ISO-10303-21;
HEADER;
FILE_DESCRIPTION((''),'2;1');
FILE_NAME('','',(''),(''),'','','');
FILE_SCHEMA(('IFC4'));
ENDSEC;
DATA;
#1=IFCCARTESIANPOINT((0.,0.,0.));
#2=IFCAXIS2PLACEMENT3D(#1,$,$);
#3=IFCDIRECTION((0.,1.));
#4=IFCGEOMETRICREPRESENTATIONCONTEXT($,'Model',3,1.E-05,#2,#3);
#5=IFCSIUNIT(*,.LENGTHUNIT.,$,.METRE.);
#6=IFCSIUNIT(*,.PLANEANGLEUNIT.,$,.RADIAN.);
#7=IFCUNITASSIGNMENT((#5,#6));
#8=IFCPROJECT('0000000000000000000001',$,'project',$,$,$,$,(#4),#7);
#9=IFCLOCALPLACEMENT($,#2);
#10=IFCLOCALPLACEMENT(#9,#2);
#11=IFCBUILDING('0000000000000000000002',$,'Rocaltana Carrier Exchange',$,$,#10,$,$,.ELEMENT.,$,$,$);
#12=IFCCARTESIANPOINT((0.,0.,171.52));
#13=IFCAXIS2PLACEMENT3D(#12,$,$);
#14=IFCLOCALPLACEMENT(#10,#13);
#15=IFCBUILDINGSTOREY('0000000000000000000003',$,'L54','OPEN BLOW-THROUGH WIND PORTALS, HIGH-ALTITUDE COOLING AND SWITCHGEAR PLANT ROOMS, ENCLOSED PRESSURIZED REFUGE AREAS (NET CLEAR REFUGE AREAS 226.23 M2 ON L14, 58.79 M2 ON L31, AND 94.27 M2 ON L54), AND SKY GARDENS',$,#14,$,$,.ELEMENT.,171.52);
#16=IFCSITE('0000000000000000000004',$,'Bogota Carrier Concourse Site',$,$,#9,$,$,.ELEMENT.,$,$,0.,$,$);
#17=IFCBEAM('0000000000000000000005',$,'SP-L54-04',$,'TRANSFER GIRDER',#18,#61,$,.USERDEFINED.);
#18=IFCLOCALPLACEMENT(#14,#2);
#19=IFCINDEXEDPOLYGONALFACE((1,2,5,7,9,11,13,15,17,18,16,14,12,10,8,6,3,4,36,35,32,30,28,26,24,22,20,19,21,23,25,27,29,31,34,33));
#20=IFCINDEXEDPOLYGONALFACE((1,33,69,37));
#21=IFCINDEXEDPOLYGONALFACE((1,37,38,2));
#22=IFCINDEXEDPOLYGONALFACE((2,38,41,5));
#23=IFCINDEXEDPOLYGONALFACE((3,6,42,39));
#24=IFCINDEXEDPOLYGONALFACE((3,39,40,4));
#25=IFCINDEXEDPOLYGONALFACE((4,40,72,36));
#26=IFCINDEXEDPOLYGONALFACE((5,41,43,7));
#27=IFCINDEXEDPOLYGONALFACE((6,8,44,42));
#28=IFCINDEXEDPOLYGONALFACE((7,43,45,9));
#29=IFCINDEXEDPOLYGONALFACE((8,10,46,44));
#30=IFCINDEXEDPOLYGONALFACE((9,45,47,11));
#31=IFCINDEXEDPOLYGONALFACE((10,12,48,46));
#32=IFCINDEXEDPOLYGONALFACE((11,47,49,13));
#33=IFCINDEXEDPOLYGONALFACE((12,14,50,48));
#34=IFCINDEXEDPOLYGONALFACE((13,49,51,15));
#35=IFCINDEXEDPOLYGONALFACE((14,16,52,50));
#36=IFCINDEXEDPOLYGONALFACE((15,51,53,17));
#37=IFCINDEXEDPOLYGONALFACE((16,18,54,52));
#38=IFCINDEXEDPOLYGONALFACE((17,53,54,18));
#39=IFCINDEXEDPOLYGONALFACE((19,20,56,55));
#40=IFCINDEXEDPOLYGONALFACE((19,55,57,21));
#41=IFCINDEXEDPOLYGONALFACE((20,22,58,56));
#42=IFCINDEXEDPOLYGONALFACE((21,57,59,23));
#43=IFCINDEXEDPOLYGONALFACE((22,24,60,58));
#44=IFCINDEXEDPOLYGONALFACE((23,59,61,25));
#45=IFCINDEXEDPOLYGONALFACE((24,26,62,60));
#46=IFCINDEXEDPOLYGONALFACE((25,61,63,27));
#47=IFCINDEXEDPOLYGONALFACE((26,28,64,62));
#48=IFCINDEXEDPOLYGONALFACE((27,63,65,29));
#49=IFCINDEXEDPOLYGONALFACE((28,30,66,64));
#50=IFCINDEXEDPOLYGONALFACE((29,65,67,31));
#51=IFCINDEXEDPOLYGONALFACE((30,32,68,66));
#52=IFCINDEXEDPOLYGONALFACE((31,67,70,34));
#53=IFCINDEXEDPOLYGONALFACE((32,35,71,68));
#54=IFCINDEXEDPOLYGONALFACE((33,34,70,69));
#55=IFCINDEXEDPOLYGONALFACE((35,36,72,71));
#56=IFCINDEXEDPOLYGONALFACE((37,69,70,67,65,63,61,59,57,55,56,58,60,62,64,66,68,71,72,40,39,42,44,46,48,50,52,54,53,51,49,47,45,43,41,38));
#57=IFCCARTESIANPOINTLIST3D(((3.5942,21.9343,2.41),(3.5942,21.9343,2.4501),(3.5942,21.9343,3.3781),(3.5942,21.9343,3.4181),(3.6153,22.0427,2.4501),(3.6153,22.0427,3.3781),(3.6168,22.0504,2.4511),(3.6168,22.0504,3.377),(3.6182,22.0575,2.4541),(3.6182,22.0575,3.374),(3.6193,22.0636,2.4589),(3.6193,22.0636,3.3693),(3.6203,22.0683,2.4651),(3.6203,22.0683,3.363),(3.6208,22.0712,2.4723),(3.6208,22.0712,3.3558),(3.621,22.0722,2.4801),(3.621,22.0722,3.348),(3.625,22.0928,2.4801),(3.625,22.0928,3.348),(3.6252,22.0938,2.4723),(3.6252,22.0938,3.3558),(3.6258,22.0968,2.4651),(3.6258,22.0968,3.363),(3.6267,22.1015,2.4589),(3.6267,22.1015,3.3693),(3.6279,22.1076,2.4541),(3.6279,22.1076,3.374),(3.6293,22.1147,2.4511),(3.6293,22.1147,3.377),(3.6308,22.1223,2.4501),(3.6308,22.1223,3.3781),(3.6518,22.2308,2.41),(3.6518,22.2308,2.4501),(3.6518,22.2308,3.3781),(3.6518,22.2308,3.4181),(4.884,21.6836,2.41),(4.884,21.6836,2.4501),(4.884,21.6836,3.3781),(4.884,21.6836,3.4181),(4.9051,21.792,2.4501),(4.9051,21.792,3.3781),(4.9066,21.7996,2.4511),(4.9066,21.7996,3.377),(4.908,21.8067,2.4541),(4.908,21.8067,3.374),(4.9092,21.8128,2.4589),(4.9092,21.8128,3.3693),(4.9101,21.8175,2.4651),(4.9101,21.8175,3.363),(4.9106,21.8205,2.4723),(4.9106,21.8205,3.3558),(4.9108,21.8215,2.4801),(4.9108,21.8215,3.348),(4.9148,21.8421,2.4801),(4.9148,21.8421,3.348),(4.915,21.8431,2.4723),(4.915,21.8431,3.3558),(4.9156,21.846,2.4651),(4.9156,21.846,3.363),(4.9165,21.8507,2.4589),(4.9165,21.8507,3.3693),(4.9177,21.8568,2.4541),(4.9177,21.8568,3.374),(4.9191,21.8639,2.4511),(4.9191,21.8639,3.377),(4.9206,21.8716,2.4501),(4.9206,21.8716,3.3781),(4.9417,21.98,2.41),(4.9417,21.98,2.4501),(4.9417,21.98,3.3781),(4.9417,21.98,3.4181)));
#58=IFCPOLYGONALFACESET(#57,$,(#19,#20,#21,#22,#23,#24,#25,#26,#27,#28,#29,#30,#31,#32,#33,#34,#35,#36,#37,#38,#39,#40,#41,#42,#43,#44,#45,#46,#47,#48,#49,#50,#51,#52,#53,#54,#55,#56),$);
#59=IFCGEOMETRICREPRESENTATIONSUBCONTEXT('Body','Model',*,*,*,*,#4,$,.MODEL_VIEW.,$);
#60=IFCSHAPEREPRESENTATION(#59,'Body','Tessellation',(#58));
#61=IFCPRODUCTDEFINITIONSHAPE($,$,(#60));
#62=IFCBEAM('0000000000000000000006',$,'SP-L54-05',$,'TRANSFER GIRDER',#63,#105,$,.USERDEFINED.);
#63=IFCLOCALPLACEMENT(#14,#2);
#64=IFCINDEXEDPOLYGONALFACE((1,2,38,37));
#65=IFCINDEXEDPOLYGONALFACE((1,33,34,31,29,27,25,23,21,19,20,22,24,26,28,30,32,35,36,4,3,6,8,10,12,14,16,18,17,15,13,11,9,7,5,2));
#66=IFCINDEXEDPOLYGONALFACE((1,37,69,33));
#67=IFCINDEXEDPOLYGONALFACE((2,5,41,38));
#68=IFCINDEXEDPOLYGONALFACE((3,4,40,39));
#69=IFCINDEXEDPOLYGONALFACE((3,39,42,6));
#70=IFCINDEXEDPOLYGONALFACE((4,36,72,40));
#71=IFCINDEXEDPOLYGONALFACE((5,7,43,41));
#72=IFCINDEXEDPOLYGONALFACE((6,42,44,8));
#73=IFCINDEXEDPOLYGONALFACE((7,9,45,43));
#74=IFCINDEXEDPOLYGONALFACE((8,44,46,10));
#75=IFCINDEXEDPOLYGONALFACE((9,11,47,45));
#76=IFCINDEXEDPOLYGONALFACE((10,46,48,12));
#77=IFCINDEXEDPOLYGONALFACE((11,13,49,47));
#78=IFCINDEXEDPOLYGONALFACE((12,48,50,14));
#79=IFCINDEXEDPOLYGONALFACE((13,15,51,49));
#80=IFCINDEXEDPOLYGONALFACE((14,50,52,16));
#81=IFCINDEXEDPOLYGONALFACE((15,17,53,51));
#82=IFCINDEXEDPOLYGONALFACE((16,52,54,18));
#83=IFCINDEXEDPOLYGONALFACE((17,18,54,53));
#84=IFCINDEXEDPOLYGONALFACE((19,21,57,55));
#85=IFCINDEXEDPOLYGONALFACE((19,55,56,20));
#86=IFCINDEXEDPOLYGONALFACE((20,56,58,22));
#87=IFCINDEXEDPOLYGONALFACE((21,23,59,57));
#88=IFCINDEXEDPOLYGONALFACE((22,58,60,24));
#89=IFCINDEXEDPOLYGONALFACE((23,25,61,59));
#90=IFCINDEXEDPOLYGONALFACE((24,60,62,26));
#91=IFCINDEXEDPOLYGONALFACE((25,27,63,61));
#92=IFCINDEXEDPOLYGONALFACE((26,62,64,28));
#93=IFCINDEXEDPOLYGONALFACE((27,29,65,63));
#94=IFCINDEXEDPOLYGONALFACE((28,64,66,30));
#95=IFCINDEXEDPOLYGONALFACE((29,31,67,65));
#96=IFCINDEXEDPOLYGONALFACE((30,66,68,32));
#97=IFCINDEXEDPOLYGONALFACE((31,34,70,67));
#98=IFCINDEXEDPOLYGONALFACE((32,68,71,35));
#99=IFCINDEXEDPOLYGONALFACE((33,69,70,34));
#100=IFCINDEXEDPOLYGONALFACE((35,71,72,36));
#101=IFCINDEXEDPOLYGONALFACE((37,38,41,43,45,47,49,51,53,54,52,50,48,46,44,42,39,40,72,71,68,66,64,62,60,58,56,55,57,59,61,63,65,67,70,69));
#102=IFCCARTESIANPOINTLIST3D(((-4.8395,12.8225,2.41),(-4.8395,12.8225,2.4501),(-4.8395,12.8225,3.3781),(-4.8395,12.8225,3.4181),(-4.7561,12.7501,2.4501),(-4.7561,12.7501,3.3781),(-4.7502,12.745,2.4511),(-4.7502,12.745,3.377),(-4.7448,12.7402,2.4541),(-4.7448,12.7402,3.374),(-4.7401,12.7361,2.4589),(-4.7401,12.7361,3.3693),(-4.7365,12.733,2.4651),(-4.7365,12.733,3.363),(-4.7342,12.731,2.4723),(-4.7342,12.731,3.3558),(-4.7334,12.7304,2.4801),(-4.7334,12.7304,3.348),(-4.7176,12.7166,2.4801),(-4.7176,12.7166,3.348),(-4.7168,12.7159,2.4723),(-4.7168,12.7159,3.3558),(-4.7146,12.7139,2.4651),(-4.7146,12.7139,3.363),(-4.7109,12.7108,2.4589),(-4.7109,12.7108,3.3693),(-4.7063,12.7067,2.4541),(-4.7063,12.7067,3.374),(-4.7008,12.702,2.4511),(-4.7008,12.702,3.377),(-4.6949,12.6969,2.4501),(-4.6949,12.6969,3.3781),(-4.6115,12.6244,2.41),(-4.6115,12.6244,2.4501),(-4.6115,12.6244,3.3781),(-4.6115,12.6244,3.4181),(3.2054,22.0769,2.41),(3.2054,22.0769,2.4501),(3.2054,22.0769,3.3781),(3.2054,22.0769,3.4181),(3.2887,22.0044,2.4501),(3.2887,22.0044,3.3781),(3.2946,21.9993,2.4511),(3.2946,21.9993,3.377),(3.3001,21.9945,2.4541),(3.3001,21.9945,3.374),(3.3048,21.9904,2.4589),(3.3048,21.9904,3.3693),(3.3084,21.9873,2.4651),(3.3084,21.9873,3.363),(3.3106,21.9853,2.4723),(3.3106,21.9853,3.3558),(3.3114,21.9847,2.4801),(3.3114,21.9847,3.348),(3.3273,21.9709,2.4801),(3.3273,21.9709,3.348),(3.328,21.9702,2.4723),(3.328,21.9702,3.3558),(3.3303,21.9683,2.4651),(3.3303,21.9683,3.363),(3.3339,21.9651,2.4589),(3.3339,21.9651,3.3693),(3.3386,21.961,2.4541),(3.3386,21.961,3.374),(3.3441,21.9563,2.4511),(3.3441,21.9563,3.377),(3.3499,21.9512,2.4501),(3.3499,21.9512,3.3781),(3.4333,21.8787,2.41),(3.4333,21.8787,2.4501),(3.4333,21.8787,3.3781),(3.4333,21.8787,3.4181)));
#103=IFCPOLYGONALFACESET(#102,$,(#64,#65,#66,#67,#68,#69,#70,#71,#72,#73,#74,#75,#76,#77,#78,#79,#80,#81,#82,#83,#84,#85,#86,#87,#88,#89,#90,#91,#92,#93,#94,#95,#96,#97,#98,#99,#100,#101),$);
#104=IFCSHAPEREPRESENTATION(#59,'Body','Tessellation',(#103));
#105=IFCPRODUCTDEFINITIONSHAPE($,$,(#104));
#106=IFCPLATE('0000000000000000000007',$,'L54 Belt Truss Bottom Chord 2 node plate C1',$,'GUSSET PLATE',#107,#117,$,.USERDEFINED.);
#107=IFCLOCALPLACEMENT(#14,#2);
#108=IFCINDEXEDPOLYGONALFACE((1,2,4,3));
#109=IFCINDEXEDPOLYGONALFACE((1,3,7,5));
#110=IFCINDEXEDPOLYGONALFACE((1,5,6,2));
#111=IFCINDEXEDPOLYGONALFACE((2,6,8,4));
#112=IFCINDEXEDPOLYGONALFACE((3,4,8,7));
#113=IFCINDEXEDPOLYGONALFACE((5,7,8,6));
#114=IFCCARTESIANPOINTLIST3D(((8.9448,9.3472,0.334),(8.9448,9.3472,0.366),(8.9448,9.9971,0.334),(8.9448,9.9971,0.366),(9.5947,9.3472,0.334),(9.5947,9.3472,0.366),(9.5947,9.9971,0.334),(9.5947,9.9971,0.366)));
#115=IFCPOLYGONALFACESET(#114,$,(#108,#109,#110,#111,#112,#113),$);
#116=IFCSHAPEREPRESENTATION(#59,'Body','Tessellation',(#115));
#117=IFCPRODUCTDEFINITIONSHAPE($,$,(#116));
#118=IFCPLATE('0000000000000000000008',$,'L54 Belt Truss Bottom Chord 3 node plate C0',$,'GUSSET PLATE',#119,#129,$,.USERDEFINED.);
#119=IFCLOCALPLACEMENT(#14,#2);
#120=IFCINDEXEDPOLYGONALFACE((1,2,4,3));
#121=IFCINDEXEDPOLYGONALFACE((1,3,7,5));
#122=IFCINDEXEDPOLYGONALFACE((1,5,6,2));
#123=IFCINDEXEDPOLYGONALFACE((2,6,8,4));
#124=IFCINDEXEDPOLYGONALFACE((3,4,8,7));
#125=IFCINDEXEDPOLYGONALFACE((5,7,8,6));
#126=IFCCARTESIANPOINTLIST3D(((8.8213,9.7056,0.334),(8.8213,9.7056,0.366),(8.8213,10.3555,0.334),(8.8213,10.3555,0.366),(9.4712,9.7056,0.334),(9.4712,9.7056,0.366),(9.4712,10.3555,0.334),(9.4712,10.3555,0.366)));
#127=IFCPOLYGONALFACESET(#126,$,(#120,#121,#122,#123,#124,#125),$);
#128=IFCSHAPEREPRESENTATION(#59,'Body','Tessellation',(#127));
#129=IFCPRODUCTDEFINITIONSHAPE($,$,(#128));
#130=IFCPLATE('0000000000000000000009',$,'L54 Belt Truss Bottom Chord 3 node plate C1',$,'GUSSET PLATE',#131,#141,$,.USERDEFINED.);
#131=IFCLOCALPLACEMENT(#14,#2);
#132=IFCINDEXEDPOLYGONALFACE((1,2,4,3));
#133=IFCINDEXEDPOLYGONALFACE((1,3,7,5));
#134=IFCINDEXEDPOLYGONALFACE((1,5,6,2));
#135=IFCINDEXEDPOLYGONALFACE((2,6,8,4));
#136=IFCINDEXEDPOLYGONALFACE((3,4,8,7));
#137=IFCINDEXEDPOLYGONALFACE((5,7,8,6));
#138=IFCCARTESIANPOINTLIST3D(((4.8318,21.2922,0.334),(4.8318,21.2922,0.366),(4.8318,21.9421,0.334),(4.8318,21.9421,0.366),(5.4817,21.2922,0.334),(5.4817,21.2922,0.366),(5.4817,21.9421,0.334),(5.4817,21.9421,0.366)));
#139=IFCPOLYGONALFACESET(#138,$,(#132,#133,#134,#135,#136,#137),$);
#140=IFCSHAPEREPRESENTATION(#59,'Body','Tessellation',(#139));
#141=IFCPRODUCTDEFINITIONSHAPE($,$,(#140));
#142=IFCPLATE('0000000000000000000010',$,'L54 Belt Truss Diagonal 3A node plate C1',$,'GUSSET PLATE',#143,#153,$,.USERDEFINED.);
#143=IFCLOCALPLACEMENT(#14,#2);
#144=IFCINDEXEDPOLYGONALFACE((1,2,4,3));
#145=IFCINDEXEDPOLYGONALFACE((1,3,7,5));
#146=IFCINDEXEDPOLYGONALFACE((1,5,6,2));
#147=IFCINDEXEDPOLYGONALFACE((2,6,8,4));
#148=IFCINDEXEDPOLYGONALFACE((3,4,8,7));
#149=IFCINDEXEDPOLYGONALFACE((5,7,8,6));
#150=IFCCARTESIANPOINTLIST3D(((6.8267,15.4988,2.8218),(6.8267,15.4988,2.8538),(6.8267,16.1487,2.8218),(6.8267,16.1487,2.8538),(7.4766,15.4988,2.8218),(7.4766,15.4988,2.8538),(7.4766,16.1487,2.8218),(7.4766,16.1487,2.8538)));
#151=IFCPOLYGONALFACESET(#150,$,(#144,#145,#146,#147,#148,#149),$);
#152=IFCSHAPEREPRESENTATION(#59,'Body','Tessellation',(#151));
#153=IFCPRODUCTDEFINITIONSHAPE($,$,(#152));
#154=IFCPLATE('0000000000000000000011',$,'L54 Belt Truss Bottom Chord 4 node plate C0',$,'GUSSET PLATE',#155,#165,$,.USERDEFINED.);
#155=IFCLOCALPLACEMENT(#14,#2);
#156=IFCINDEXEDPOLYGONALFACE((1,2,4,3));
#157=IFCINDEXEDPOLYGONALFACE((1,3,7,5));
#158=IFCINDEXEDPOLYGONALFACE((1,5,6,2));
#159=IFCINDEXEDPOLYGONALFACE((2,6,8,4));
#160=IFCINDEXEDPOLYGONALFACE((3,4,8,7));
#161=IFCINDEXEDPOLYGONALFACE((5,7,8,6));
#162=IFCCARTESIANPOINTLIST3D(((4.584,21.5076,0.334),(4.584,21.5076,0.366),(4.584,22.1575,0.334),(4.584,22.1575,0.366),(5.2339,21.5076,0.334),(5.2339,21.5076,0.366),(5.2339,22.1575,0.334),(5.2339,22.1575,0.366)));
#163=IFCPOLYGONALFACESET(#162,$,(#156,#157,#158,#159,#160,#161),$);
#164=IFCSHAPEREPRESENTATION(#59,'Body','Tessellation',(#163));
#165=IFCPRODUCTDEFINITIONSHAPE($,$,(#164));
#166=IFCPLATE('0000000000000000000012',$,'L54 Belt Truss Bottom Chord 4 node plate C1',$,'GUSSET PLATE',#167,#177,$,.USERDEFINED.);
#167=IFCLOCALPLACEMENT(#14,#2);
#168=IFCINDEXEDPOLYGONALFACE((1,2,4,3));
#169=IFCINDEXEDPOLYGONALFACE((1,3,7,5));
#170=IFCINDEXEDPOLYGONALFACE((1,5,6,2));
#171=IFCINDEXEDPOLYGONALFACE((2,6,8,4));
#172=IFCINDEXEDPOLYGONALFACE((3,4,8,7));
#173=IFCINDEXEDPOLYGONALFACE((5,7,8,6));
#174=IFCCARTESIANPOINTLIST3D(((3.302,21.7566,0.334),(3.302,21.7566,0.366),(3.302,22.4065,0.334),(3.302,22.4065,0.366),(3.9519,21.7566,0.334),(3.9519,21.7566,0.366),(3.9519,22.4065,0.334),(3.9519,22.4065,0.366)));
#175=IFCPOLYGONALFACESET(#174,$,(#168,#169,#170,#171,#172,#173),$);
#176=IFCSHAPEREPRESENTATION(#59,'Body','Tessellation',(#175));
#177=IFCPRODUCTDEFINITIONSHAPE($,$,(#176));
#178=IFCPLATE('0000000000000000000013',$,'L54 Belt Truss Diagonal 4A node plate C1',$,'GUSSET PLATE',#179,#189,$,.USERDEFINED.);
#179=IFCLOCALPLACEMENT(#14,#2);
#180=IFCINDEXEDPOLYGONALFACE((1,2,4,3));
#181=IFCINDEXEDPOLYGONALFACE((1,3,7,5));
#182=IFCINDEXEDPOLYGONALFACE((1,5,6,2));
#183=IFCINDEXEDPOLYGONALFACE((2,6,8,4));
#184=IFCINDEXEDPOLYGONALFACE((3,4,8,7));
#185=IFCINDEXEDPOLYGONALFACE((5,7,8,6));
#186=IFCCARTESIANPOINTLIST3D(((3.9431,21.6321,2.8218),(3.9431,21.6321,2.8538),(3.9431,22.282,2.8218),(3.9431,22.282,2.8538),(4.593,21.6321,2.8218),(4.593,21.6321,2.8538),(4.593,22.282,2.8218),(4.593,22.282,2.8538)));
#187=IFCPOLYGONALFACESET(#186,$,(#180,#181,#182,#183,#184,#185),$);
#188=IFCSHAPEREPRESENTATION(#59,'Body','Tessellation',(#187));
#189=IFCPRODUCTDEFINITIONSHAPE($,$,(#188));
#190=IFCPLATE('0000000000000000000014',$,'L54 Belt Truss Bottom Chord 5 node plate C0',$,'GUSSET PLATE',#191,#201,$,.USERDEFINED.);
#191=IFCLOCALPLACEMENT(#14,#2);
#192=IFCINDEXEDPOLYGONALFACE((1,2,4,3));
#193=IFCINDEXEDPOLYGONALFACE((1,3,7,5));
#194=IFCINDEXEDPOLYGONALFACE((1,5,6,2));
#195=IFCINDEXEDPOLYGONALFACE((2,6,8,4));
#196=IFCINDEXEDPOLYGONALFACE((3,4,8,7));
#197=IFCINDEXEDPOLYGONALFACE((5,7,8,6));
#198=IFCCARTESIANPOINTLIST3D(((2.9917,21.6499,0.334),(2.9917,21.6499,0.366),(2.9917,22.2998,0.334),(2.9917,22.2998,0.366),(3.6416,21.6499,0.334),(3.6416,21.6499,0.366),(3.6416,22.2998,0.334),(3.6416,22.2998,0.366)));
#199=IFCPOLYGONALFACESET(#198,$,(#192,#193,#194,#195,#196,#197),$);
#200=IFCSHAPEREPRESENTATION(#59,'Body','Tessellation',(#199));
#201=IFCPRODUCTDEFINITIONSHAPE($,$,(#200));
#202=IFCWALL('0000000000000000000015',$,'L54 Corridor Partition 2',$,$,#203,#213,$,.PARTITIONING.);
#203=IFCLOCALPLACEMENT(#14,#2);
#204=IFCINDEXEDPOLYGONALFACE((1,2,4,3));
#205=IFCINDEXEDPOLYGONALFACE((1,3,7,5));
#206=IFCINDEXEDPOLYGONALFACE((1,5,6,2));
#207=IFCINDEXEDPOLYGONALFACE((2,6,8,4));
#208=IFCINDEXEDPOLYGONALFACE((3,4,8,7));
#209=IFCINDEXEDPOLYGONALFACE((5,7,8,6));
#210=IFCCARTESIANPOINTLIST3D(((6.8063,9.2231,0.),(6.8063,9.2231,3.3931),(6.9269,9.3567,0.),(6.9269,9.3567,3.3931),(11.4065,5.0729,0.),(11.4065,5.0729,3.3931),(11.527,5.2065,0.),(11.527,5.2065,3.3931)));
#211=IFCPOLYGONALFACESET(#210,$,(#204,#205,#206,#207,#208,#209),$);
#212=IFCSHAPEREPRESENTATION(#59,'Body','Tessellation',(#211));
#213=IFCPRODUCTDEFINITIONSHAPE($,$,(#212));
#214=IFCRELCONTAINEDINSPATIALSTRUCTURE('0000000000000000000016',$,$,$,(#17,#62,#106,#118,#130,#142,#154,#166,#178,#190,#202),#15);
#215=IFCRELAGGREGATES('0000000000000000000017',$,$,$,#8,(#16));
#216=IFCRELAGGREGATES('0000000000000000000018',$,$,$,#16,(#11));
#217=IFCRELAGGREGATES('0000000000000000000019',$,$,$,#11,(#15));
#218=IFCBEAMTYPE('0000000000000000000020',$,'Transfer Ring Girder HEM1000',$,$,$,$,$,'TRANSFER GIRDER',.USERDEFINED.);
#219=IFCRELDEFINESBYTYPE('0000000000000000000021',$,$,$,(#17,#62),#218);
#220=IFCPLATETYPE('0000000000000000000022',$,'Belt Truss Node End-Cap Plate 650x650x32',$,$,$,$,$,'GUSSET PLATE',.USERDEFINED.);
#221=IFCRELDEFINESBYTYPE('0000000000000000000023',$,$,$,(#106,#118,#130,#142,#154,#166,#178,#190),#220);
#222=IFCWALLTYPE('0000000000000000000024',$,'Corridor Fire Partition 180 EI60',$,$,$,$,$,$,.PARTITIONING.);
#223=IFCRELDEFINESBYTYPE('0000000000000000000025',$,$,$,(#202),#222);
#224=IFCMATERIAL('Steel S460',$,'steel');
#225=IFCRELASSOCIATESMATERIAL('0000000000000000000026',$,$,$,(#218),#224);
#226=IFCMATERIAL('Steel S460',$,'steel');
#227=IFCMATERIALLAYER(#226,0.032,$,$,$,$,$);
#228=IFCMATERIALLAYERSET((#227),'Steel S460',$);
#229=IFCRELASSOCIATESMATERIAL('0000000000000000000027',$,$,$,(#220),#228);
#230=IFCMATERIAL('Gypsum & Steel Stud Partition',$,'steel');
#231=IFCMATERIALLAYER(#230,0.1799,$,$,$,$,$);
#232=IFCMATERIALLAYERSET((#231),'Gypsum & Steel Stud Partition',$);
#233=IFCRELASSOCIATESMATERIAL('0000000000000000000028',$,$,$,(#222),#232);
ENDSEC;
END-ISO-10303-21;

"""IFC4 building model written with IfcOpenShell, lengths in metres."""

from ifc_helpers import new_model, si_unit, direction, frame, frame_2d, origin, origin_2d, place, context, subcontext, project, spatial, rectangle, i_section, extrude, material, layer, layer_set, material_profile, profile_set, type_object, element, save


model = new_model("IFC4")

# Units and contexts
model_context = context("Model", 3, precision=1e-05, world=origin(), true_north=direction((0.0, 1.0)))
body_context = subcontext(model_context, "Body", "Model", "MODEL_VIEW")
ifc_project = project(units=[si_unit("LENGTHUNIT", "METRE"), si_unit("PLANEANGLEUNIT", "RADIAN")], contexts=[model_context])

# Site, building, storey
site_placement = place(None, origin())
site = spatial("IfcSite", under=ifc_project, at=site_placement, Name="Bogota Carrier Concourse Site", CompositionType="ELEMENT", RefElevation=0.0)
building_placement = place(site_placement, origin())
building = spatial("IfcBuilding", under=site, at=building_placement, Name="Rocaltana Carrier Exchange", CompositionType="ELEMENT")
storey_placement = place(building_placement, frame((0.0, 0.0, 171.52)))
storey = spatial("IfcBuildingStorey", under=building, at=storey_placement, Name="L54", Description="OPEN BLOW-THROUGH WIND PORTALS, HIGH-ALTITUDE COOLING AND SWITCHGEAR PLANT ROOMS, ENCLOSED PRESSURIZED REFUGE AREAS (NET CLEAR REFUGE AREAS 226.23 M2 ON L14, 58.79 M2 ON L31, AND 94.27 M2 ON L54), AND SKY GARDENS", CompositionType="ELEMENT", Elevation=171.52)

# Beams
ifc_material_1 = material(Name="Steel S460", Category="steel")
ifc_material_profile_1 = material_profile(ifc_material_1, i_section(OverallWidth=0.302, OverallDepth=1.0081, WebThickness=0.021, FlangeThickness=0.04, FilletRadius=0.03, at=origin_2d()), Name="HEM1000")
ifc_profile_set_1 = profile_set([ifc_material_profile_1], Name="Steel S460")
beam_type_1 = type_object("IfcBeamType", Name="Transfer Ring Girder HEM1000", ElementType="TRANSFER GIRDER", PredefinedType="USERDEFINED", material=ifc_profile_set_1)
beam_1_placement = place(storey_placement, frame((4.9128, 21.8318, 2.9141), z_axis=(-0.981624, 0.190825, 0.0), x_axis=(-0.190825, -0.981624, 0.0)))
element("IfcBeam", 1, at=beam_1_placement, inside=storey, type_object=beam_type_1, Name="SP-L54-04", ObjectType="TRANSFER GIRDER", PredefinedType="USERDEFINED", context=body_context, shape_type="SweptSolid", body=[
    extrude(i_section(OverallWidth=0.302, OverallDepth=1.0081, WebThickness=0.021, FlangeThickness=0.04, FilletRadius=0.03, at=origin_2d()), origin(), (0.0, 0.0, 1.0), 1.314),
])
beam_2_placement = place(storey_placement, frame((3.3193, 21.9778, 2.9141), z_axis=(-0.656068, -0.754702, 0.0), x_axis=(0.754702, -0.656068, 0.0)))
element("IfcBeam", 2, at=beam_2_placement, inside=storey, type_object=beam_type_1, Name="SP-L54-05", ObjectType="TRANSFER GIRDER", PredefinedType="USERDEFINED", context=body_context, shape_type="SweptSolid", body=[
    extrude(i_section(OverallWidth=0.302, OverallDepth=1.0081, WebThickness=0.021, FlangeThickness=0.04, FilletRadius=0.03, at=origin_2d()), origin(), (0.0, 0.0, 1.0), 12.2622),
])

# Plates
ifc_material_2 = material(Name="Steel S460", Category="steel")
ifc_layer_1 = layer(ifc_material_2, 0.032)
ifc_layer_set_1 = layer_set([ifc_layer_1], Name="Steel S460")
plate_type = type_object("IfcPlateType", Name="Belt Truss Node End-Cap Plate 650x650x32", ElementType="GUSSET PLATE", PredefinedType="USERDEFINED", material=ifc_layer_set_1)
for number, where, z_axis, x_axis, name in (
    (3, (9.2698, 9.6721, 0.334), (0.0, 0.0, 1.0), (1.0, 0.0, 0.0), "L54 Belt Truss Bottom Chord 2 node plate C1"),
    (4, (9.1462, 10.0305, 0.334), (0.0, 0.0, 1.0), (1.0, 0.0, 0.0), "L54 Belt Truss Bottom Chord 3 node plate C0"),
    (5, (5.1567, 21.6172, 0.334), (0.0, 0.0, 1.0), (1.0, 0.0, 0.0), "L54 Belt Truss Bottom Chord 3 node plate C1"),
    (6, (7.1516, 15.8237, 2.8218), (0.0, 0.0, 1.0), (1.0, 0.0, 0.0), "L54 Belt Truss Diagonal 3A node plate C1"),
    (7, (4.9089, 21.8325, 0.334), (0.0, 0.0, 1.0), (1.0, 0.0, 0.0), "L54 Belt Truss Bottom Chord 4 node plate C0"),
    (8, (3.627, 22.0815, 0.334), (0.0, 0.0, 1.0), (1.0, 0.0, 0.0), "L54 Belt Truss Bottom Chord 4 node plate C1"),
    (9, (4.2681, 21.957, 2.8218), (0.0, 0.0, 1.0), (1.0, 0.0, 0.0), "L54 Belt Truss Diagonal 4A node plate C1"),
    (10, (3.3167, 21.9749, 0.334), (0.0, 0.0, 1.0), (1.0, 0.0, 0.0), "L54 Belt Truss Bottom Chord 5 node plate C0"),
):
    element("IfcPlate", number, at=place(storey_placement, frame(where, z_axis=z_axis, x_axis=x_axis)), inside=storey, type_object=plate_type, Name=name, ObjectType="GUSSET PLATE", PredefinedType="USERDEFINED", context=body_context, shape_type="SweptSolid", body=[
        extrude(rectangle(XDim=0.6499, YDim=0.6499, at=origin_2d()), origin(), (0.0, 0.0, 1.0), 0.032),
    ])

# Wall
ifc_material_3 = material(Name="Gypsum & Steel Stud Partition", Category="steel")
ifc_layer_2 = layer(ifc_material_3, 0.1799)
ifc_layer_set_2 = layer_set([ifc_layer_2], Name="Gypsum & Steel Stud Partition")
wall_type_1 = type_object("IfcWallType", Name="Corridor Fire Partition 180 EI60", PredefinedType="PARTITIONING", material=ifc_layer_set_2)
wall_1_placement = place(storey_placement, frame((6.8667, 9.2898, 0.0), z_axis=(0.0, 0.0, 1.0), x_axis=(0.742486, -0.669861, 0.0)))
element("IfcWall", 11, at=wall_1_placement, inside=storey, type_object=wall_type_1, Name="L54 Corridor Partition 2", PredefinedType="PARTITIONING", context=body_context, shape_type="SweptSolid", body=[
    extrude(rectangle(XDim=6.1956, YDim=0.1799, at=frame_2d((3.0977, 0.0))), origin(), (0.0, 0.0, 1.0), 3.3931),
])

save(model, "model.ifc")
